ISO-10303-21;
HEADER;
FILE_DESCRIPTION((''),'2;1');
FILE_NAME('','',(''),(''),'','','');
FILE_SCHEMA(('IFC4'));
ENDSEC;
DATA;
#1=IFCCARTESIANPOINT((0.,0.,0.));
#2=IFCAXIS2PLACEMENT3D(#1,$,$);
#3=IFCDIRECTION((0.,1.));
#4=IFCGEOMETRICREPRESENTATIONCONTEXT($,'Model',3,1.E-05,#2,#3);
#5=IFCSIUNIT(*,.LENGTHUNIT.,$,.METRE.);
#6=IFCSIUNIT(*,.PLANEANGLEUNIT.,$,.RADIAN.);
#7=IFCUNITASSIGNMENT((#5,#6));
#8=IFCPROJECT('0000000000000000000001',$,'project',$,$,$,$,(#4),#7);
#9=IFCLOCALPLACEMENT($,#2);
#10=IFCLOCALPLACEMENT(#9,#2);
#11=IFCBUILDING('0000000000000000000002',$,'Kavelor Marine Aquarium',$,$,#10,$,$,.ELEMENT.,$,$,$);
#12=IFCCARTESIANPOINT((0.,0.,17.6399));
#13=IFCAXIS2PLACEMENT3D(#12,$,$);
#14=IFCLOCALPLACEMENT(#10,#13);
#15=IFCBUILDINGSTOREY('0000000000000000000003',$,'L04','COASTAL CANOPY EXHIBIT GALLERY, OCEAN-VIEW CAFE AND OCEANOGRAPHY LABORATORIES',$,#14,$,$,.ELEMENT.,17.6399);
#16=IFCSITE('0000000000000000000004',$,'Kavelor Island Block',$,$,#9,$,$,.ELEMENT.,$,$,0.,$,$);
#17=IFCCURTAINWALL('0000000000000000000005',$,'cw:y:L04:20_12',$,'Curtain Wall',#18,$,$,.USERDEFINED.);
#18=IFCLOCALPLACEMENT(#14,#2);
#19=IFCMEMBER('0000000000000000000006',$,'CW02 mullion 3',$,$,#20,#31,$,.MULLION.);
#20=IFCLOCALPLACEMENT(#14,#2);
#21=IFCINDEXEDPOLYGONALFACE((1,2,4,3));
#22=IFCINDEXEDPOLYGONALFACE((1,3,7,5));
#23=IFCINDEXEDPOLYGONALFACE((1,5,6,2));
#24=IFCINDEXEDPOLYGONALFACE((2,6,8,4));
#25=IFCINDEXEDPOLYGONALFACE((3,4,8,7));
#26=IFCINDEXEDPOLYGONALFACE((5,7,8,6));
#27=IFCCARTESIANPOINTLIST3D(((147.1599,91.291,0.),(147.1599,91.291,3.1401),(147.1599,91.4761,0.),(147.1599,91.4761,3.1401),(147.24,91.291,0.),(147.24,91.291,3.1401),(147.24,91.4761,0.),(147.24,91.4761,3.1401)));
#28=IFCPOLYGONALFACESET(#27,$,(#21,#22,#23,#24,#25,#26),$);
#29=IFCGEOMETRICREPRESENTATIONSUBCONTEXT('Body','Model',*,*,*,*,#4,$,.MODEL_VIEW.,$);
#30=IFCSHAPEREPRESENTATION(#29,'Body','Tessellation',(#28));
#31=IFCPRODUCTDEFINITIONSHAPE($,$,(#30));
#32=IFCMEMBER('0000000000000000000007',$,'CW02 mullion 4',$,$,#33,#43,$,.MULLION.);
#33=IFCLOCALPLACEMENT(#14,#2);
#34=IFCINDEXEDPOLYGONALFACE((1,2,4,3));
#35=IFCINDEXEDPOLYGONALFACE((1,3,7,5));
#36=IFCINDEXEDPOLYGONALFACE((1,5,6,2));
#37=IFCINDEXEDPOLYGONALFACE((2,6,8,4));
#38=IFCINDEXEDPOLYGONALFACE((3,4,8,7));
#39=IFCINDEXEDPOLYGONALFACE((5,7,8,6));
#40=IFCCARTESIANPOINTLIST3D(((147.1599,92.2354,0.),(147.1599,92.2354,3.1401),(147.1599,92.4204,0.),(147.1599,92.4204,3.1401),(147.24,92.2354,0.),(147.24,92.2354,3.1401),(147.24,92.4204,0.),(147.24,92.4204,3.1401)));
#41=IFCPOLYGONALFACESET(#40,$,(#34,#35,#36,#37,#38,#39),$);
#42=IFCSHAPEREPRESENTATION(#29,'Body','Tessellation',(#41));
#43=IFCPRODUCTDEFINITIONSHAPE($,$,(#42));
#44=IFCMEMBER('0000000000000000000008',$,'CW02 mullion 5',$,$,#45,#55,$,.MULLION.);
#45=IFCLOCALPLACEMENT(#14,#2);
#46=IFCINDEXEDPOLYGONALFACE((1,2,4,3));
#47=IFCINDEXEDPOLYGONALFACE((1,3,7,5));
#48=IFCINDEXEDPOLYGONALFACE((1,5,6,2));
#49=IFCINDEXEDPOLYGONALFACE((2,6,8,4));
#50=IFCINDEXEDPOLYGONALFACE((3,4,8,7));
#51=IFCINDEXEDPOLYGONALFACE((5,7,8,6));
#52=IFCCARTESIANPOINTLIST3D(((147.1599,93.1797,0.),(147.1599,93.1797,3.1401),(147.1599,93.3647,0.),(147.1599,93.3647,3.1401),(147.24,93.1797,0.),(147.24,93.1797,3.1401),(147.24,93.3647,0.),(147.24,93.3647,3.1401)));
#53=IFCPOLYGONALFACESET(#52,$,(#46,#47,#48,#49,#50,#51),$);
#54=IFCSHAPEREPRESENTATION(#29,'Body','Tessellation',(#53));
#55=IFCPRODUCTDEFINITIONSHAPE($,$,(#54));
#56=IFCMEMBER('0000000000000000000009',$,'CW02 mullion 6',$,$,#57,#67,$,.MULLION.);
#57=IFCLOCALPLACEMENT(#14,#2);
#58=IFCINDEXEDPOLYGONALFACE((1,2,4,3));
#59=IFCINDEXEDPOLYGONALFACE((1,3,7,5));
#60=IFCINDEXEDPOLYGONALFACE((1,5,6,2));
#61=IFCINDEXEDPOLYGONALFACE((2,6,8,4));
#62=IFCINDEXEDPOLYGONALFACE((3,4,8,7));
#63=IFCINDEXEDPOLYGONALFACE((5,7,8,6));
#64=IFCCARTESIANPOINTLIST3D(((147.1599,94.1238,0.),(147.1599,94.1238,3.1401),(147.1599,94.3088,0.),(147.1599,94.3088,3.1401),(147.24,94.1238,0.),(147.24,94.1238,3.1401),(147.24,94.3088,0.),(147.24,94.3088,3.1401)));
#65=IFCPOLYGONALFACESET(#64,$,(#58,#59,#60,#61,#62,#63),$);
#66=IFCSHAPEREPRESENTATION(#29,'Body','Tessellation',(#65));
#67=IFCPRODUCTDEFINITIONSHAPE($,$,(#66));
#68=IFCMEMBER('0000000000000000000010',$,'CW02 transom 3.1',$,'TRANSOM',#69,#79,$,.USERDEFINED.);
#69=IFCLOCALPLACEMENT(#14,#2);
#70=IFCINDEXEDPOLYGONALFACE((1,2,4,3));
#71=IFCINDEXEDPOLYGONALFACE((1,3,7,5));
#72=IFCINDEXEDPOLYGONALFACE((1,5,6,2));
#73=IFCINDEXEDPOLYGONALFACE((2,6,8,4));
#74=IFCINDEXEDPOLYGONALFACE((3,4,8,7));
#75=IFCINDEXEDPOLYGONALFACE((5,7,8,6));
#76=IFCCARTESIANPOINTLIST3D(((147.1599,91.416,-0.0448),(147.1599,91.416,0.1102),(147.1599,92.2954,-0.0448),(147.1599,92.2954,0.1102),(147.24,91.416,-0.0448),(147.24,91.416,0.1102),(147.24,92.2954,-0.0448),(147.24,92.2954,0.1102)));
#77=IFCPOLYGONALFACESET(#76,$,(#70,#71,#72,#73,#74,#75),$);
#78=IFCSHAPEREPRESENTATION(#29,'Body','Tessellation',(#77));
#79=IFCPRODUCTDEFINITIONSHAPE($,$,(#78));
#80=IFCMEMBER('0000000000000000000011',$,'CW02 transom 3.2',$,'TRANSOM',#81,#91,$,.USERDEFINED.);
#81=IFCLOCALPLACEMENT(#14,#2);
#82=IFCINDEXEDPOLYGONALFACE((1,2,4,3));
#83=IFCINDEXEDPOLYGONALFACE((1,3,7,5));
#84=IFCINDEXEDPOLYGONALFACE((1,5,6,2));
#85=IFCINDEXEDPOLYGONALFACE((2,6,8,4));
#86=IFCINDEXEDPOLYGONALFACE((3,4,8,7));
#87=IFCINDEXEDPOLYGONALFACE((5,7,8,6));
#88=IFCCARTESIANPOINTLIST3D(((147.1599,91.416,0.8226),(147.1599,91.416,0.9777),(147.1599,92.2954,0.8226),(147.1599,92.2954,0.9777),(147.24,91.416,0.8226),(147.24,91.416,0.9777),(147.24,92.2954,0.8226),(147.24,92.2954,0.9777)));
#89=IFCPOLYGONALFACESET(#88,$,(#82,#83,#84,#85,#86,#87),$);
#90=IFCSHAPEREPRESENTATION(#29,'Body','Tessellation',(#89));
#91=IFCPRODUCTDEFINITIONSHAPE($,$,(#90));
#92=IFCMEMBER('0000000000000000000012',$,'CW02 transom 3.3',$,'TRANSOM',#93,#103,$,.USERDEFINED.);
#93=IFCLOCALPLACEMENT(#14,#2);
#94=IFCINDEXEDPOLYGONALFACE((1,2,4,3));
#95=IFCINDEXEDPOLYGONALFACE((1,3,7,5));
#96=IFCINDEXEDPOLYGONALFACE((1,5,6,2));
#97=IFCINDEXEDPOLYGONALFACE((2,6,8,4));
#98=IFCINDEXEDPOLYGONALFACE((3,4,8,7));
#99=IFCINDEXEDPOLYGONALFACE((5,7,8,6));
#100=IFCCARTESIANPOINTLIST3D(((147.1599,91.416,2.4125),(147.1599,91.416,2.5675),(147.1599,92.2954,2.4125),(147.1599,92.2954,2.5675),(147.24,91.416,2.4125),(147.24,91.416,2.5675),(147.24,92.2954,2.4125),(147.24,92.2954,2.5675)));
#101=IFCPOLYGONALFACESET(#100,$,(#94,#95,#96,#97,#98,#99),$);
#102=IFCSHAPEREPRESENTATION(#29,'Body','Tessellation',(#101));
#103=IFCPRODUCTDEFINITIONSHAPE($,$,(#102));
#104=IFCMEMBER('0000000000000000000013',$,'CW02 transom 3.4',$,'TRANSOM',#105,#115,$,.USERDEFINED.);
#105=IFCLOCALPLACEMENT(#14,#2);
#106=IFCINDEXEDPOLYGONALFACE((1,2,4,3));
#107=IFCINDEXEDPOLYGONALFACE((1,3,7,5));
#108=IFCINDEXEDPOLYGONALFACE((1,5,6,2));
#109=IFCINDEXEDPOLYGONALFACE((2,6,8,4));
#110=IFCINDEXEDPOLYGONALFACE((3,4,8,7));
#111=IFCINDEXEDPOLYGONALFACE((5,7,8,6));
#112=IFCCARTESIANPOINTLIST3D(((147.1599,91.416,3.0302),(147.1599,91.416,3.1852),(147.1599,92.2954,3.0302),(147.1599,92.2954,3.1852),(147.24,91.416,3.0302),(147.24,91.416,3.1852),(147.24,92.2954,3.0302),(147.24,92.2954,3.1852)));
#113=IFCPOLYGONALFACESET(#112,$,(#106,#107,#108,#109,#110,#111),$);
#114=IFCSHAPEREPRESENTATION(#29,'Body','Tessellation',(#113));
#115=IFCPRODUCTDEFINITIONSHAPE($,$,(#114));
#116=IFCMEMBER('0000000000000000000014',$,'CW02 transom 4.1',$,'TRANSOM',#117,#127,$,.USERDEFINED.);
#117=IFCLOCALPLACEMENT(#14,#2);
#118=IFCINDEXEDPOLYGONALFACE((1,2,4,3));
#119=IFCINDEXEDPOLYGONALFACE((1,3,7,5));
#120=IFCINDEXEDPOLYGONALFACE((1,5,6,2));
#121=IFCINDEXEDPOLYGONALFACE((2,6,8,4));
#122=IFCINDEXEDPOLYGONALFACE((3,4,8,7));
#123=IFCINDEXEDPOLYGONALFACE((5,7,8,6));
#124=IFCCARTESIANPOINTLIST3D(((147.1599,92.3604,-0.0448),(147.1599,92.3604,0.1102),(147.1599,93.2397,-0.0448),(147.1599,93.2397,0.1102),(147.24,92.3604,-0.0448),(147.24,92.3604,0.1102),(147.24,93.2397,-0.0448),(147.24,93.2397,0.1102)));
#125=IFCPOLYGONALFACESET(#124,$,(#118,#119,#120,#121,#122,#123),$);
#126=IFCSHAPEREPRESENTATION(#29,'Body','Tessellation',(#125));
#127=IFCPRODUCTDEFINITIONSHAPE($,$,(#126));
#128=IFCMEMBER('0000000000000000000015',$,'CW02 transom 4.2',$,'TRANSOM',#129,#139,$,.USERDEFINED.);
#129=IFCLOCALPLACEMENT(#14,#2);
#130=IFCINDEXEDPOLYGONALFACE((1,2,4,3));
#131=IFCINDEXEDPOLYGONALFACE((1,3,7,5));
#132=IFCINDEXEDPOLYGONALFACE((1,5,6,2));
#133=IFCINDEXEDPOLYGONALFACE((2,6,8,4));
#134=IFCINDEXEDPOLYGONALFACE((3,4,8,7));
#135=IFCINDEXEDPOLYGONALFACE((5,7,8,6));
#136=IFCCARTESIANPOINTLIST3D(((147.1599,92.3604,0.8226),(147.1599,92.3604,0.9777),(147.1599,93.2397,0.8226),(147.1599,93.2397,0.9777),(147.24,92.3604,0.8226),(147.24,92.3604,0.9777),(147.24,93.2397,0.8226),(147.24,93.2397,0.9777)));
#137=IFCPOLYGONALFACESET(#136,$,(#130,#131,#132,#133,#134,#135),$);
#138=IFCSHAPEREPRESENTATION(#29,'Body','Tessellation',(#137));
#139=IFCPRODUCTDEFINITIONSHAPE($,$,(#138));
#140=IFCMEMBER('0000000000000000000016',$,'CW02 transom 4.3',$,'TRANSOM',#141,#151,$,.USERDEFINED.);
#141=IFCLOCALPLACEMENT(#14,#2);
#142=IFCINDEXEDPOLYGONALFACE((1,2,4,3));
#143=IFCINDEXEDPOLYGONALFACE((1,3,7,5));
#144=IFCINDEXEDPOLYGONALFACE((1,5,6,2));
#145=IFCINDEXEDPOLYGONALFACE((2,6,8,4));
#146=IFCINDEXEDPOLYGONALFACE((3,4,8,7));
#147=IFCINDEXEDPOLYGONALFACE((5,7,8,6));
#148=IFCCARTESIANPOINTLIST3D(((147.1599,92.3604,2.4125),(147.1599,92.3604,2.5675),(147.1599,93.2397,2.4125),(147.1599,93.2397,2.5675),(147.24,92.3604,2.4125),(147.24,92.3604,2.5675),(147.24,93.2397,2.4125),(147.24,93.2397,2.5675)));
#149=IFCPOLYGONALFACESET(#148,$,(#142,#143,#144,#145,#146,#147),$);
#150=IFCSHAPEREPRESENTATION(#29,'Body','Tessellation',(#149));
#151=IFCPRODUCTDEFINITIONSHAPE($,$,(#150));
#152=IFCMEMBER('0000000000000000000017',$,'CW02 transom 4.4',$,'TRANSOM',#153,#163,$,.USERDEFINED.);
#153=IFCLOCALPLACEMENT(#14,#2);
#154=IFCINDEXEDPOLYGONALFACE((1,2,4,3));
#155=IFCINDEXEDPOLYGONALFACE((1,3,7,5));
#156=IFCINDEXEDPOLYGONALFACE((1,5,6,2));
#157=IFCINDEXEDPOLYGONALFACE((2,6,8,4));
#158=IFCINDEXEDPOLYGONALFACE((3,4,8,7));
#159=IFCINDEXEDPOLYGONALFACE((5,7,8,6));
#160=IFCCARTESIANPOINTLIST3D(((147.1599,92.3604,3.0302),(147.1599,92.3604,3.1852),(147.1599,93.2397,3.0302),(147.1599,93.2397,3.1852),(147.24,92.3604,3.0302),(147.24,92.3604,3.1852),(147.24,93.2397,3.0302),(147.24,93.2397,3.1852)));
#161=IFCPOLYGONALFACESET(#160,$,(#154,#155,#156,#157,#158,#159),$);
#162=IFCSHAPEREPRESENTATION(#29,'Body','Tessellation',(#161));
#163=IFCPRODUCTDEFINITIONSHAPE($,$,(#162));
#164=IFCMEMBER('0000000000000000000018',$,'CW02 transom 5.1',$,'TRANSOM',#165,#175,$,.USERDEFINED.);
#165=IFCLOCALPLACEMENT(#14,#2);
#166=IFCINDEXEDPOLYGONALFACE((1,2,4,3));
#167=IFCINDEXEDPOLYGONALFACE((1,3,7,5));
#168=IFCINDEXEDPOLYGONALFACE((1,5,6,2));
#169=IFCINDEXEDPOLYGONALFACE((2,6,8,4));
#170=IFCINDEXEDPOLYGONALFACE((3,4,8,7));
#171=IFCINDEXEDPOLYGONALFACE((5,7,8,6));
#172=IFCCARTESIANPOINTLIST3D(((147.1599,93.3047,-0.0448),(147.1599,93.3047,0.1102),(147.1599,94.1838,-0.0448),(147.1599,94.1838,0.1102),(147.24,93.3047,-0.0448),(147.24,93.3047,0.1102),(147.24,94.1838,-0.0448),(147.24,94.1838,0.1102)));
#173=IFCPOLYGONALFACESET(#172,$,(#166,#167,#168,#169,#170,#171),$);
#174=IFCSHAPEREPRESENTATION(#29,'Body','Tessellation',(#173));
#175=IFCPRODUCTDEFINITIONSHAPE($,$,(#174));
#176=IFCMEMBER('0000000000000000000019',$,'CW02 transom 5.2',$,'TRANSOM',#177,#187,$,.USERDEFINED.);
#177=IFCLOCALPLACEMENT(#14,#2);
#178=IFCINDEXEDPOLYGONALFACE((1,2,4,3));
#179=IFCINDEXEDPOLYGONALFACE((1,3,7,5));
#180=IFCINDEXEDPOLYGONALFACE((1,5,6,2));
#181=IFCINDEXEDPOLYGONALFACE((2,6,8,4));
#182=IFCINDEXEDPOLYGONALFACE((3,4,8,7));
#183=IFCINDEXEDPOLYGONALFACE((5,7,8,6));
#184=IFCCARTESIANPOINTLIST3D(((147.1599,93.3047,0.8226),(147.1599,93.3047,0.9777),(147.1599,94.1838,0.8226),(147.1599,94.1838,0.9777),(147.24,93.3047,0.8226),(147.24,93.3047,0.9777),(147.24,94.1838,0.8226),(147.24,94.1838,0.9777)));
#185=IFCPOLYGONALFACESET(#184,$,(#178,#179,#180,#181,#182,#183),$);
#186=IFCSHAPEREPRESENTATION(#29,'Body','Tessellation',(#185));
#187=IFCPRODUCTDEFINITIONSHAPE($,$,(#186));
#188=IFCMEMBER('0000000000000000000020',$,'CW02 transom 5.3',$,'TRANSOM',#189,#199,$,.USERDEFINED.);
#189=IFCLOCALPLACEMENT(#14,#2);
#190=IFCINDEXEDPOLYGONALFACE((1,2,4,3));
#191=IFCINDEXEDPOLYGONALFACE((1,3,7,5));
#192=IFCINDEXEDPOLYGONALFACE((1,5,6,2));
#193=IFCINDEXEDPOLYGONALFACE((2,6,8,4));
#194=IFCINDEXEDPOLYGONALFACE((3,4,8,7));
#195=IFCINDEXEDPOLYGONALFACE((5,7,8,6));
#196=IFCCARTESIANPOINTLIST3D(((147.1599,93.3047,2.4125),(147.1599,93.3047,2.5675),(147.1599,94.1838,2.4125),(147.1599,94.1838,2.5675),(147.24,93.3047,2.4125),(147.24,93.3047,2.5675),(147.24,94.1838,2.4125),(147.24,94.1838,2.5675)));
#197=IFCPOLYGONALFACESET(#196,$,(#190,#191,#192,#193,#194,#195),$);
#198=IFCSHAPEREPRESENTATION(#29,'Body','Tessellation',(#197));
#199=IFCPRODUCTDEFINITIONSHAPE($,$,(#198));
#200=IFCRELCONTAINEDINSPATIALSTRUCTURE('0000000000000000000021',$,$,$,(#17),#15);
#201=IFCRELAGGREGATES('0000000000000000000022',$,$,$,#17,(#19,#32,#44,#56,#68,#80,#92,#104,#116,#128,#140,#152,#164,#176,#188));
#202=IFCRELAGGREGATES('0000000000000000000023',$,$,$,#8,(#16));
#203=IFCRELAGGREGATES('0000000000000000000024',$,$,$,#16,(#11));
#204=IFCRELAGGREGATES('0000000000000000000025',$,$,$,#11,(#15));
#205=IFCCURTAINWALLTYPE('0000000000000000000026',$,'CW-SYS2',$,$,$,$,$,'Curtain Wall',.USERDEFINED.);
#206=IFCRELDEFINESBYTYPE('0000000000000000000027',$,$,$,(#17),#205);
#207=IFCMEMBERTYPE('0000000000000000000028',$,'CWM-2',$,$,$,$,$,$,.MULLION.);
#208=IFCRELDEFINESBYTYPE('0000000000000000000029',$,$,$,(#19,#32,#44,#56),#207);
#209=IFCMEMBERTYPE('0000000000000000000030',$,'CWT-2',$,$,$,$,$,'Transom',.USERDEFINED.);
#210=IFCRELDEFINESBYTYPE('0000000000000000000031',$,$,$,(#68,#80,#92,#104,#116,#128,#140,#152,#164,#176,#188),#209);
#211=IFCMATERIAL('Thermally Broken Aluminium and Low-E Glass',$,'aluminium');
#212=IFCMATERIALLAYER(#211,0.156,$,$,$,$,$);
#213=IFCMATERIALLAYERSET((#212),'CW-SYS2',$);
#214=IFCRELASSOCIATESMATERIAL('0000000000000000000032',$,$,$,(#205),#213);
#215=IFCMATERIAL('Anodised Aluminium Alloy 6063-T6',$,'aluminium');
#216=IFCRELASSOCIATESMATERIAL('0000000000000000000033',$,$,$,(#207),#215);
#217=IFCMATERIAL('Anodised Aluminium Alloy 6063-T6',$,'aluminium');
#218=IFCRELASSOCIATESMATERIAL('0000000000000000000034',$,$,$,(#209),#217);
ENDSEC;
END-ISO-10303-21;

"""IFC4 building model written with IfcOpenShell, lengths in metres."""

from ifc_helpers import new_model, si_unit, direction, frame, origin, origin_2d, place, context, subcontext, project, spatial, rectangle, extrude, material, layer, layer_set, material_profile, profile_set, type_object, element, aggregate, save


model = new_model("IFC4")

# Units and contexts
model_context = context("Model", 3, precision=1e-05, world=origin(), true_north=direction((0.0, 1.0)))
body_context = subcontext(model_context, "Body", "Model", "MODEL_VIEW")
ifc_project = project(units=[si_unit("LENGTHUNIT", "METRE"), si_unit("PLANEANGLEUNIT", "RADIAN")], contexts=[model_context])

# Site, building, storey
site_placement = place(None, origin())
site = spatial("IfcSite", under=ifc_project, at=site_placement, Name="Kavelor Island Block", CompositionType="ELEMENT", RefElevation=0.0)
building_placement = place(site_placement, origin())
building = spatial("IfcBuilding", under=site, at=building_placement, Name="Kavelor Marine Aquarium", CompositionType="ELEMENT")
storey_placement = place(building_placement, frame((0.0, 0.0, 17.6399)))
storey = spatial("IfcBuildingStorey", under=building, at=storey_placement, Name="L04", Description="COASTAL CANOPY EXHIBIT GALLERY, OCEAN-VIEW CAFE AND OCEANOGRAPHY LABORATORIES", CompositionType="ELEMENT", Elevation=17.6399)

# Curtain wall, members
ifc_material_1 = material(Name="Thermally Broken Aluminium and Low-E Glass", Category="aluminium")
ifc_layer_1 = layer(ifc_material_1, 0.156)
ifc_layer_set_1 = layer_set([ifc_layer_1], Name="CW-SYS2")
curtain_wall_type = type_object("IfcCurtainWallType", Name="CW-SYS2", ElementType="Curtain Wall", PredefinedType="USERDEFINED", material=ifc_layer_set_1)
curtain_wall_placement = place(storey_placement, origin())
curtain_wall = element("IfcCurtainWall", 1, at=curtain_wall_placement, inside=storey, type_object=curtain_wall_type, Name="cw:y:L04:20_12", ObjectType="Curtain Wall", PredefinedType="USERDEFINED")
ifc_material_2 = material(Name="Anodised Aluminium Alloy 6063-T6", Category="aluminium")
ifc_material_profile_1 = material_profile(ifc_material_2, rectangle(XDim=0.0801, YDim=0.1851, at=origin_2d()), Name="CW-MUL 80x185")
ifc_profile_set_1 = profile_set([ifc_material_profile_1], Name="Anodised Aluminium Alloy 6063-T6")
member_type_1 = type_object("IfcMemberType", Name="CWM-2", PredefinedType="MULLION", material=ifc_profile_set_1)
member_1_placement = place(storey_placement, frame((147.2, 91.3835, 0.0), z_axis=(0.0, 0.0, 1.0), x_axis=(-1.0, 0.0, 0.0)))
member_1 = element("IfcMember", 2, at=member_1_placement, type_object=member_type_1, Name="CW02 mullion 3", PredefinedType="MULLION", context=body_context, shape_type="SweptSolid", body=[
    extrude(rectangle(XDim=0.0801, YDim=0.1851, at=origin_2d()), origin(), (0.0, 0.0, 1.0), 3.1401),
])
member_2_placement = place(storey_placement, frame((147.2, 92.3279, 0.0), z_axis=(0.0, 0.0, 1.0), x_axis=(-1.0, 0.0, 0.0)))
member_2 = element("IfcMember", 3, at=member_2_placement, type_object=member_type_1, Name="CW02 mullion 4", PredefinedType="MULLION", context=body_context, shape_type="SweptSolid", body=[
    extrude(rectangle(XDim=0.0801, YDim=0.1851, at=origin_2d()), origin(), (0.0, 0.0, 1.0), 3.1401),
])
member_3_placement = place(storey_placement, frame((147.2, 93.2722, 0.0), z_axis=(0.0, 0.0, 1.0), x_axis=(-1.0, 0.0, 0.0)))
member_3 = element("IfcMember", 4, at=member_3_placement, type_object=member_type_1, Name="CW02 mullion 5", PredefinedType="MULLION", context=body_context, shape_type="SweptSolid", body=[
    extrude(rectangle(XDim=0.0801, YDim=0.1851, at=origin_2d()), origin(), (0.0, 0.0, 1.0), 3.1401),
])
member_4_placement = place(storey_placement, frame((147.2, 94.2163, 0.0), z_axis=(0.0, 0.0, 1.0), x_axis=(-1.0, 0.0, 0.0)))
member_4 = element("IfcMember", 5, at=member_4_placement, type_object=member_type_1, Name="CW02 mullion 6", PredefinedType="MULLION", context=body_context, shape_type="SweptSolid", body=[
    extrude(rectangle(XDim=0.0801, YDim=0.1851, at=origin_2d()), origin(), (0.0, 0.0, 1.0), 3.1401),
])
ifc_material_3 = material(Name="Anodised Aluminium Alloy 6063-T6", Category="aluminium")
ifc_material_profile_2 = material_profile(ifc_material_3, rectangle(XDim=0.0801, YDim=0.155, at=origin_2d()), Name="CW-TRN 80x155")
ifc_profile_set_2 = profile_set([ifc_material_profile_2], Name="Anodised Aluminium Alloy 6063-T6")
member_type_2 = type_object("IfcMemberType", Name="CWT-2", ElementType="Transom", PredefinedType="USERDEFINED", material=ifc_profile_set_2)
member_5_placement = place(storey_placement, frame((147.2, 91.416, 0.0327), z_axis=(0.0, 1.0, 0.0), x_axis=(-1.0, 0.0, 0.0)))
member_5 = element("IfcMember", 6, at=member_5_placement, type_object=member_type_2, Name="CW02 transom 3.1", ObjectType="TRANSOM", PredefinedType="USERDEFINED", context=body_context, shape_type="SweptSolid", body=[
    extrude(rectangle(XDim=0.0801, YDim=0.155, at=origin_2d()), origin(), (0.0, 0.0, 1.0), 0.8794),
])
member_6_placement = place(storey_placement, frame((147.2, 91.416, 0.9001), z_axis=(0.0, 1.0, 0.0), x_axis=(-1.0, 0.0, 0.0)))
member_6 = element("IfcMember", 7, at=member_6_placement, type_object=member_type_2, Name="CW02 transom 3.2", ObjectType="TRANSOM", PredefinedType="USERDEFINED", context=body_context, shape_type="SweptSolid", body=[
    extrude(rectangle(XDim=0.0801, YDim=0.155, at=origin_2d()), origin(), (0.0, 0.0, 1.0), 0.8794),
])
member_7_placement = place(storey_placement, frame((147.2, 91.416, 2.49), z_axis=(0.0, 1.0, 0.0), x_axis=(-1.0, 0.0, 0.0)))
member_7 = element("IfcMember", 8, at=member_7_placement, type_object=member_type_2, Name="CW02 transom 3.3", ObjectType="TRANSOM", PredefinedType="USERDEFINED", context=body_context, shape_type="SweptSolid", body=[
    extrude(rectangle(XDim=0.0801, YDim=0.155, at=origin_2d()), origin(), (0.0, 0.0, 1.0), 0.8794),
])
member_8_placement = place(storey_placement, frame((147.2, 91.416, 3.1077), z_axis=(0.0, 1.0, 0.0), x_axis=(-1.0, 0.0, 0.0)))
member_8 = element("IfcMember", 9, at=member_8_placement, type_object=member_type_2, Name="CW02 transom 3.4", ObjectType="TRANSOM", PredefinedType="USERDEFINED", context=body_context, shape_type="SweptSolid", body=[
    extrude(rectangle(XDim=0.0801, YDim=0.155, at=origin_2d()), origin(), (0.0, 0.0, 1.0), 0.8794),
])
member_9_placement = place(storey_placement, frame((147.2, 92.3604, 0.0327), z_axis=(0.0, 1.0, 0.0), x_axis=(-1.0, 0.0, 0.0)))
member_9 = element("IfcMember", 10, at=member_9_placement, type_object=member_type_2, Name="CW02 transom 4.1", ObjectType="TRANSOM", PredefinedType="USERDEFINED", context=body_context, shape_type="SweptSolid", body=[
    extrude(rectangle(XDim=0.0801, YDim=0.155, at=origin_2d()), origin(), (0.0, 0.0, 1.0), 0.8794),
])
member_10_placement = place(storey_placement, frame((147.2, 92.3604, 0.9001), z_axis=(0.0, 1.0, 0.0), x_axis=(-1.0, 0.0, 0.0)))
member_10 = element("IfcMember", 11, at=member_10_placement, type_object=member_type_2, Name="CW02 transom 4.2", ObjectType="TRANSOM", PredefinedType="USERDEFINED", context=body_context, shape_type="SweptSolid", body=[
    extrude(rectangle(XDim=0.0801, YDim=0.155, at=origin_2d()), origin(), (0.0, 0.0, 1.0), 0.8794),
])
member_11_placement = place(storey_placement, frame((147.2, 92.3604, 2.49), z_axis=(0.0, 1.0, 0.0), x_axis=(-1.0, 0.0, 0.0)))
member_11 = element("IfcMember", 12, at=member_11_placement, type_object=member_type_2, Name="CW02 transom 4.3", ObjectType="TRANSOM", PredefinedType="USERDEFINED", context=body_context, shape_type="SweptSolid", body=[
    extrude(rectangle(XDim=0.0801, YDim=0.155, at=origin_2d()), origin(), (0.0, 0.0, 1.0), 0.8794),
])
member_12_placement = place(storey_placement, frame((147.2, 92.3604, 3.1077), z_axis=(0.0, 1.0, 0.0), x_axis=(-1.0, 0.0, 0.0)))
member_12 = element("IfcMember", 13, at=member_12_placement, type_object=member_type_2, Name="CW02 transom 4.4", ObjectType="TRANSOM", PredefinedType="USERDEFINED", context=body_context, shape_type="SweptSolid", body=[
    extrude(rectangle(XDim=0.0801, YDim=0.155, at=origin_2d()), origin(), (0.0, 0.0, 1.0), 0.8794),
])
member_13_placement = place(storey_placement, frame((147.2, 93.3047, 0.0327), z_axis=(0.0, 1.0, 0.0), x_axis=(-1.0, 0.0, 0.0)))
member_13 = element("IfcMember", 14, at=member_13_placement, type_object=member_type_2, Name="CW02 transom 5.1", ObjectType="TRANSOM", PredefinedType="USERDEFINED", context=body_context, shape_type="SweptSolid", body=[
    extrude(rectangle(XDim=0.0801, YDim=0.155, at=origin_2d()), origin(), (0.0, 0.0, 1.0), 0.8792),
])
member_14_placement = place(storey_placement, frame((147.2, 93.3047, 0.9001), z_axis=(0.0, 1.0, 0.0), x_axis=(-1.0, 0.0, 0.0)))
member_14 = element("IfcMember", 15, at=member_14_placement, type_object=member_type_2, Name="CW02 transom 5.2", ObjectType="TRANSOM", PredefinedType="USERDEFINED", context=body_context, shape_type="SweptSolid", body=[
    extrude(rectangle(XDim=0.0801, YDim=0.155, at=origin_2d()), origin(), (0.0, 0.0, 1.0), 0.8792),
])
member_15_placement = place(storey_placement, frame((147.2, 93.3047, 2.49), z_axis=(0.0, 1.0, 0.0), x_axis=(-1.0, 0.0, 0.0)))
member_15 = element("IfcMember", 16, at=member_15_placement, type_object=member_type_2, Name="CW02 transom 5.3", ObjectType="TRANSOM", PredefinedType="USERDEFINED", context=body_context, shape_type="SweptSolid", body=[
    extrude(rectangle(XDim=0.0801, YDim=0.155, at=origin_2d()), origin(), (0.0, 0.0, 1.0), 0.8792),
])
aggregate(curtain_wall, [member_1, member_2, member_3, member_4, member_5, member_6, member_7, member_8, member_9, member_10, member_11, member_12, member_13, member_14, member_15])

save(model, "model.ifc")
